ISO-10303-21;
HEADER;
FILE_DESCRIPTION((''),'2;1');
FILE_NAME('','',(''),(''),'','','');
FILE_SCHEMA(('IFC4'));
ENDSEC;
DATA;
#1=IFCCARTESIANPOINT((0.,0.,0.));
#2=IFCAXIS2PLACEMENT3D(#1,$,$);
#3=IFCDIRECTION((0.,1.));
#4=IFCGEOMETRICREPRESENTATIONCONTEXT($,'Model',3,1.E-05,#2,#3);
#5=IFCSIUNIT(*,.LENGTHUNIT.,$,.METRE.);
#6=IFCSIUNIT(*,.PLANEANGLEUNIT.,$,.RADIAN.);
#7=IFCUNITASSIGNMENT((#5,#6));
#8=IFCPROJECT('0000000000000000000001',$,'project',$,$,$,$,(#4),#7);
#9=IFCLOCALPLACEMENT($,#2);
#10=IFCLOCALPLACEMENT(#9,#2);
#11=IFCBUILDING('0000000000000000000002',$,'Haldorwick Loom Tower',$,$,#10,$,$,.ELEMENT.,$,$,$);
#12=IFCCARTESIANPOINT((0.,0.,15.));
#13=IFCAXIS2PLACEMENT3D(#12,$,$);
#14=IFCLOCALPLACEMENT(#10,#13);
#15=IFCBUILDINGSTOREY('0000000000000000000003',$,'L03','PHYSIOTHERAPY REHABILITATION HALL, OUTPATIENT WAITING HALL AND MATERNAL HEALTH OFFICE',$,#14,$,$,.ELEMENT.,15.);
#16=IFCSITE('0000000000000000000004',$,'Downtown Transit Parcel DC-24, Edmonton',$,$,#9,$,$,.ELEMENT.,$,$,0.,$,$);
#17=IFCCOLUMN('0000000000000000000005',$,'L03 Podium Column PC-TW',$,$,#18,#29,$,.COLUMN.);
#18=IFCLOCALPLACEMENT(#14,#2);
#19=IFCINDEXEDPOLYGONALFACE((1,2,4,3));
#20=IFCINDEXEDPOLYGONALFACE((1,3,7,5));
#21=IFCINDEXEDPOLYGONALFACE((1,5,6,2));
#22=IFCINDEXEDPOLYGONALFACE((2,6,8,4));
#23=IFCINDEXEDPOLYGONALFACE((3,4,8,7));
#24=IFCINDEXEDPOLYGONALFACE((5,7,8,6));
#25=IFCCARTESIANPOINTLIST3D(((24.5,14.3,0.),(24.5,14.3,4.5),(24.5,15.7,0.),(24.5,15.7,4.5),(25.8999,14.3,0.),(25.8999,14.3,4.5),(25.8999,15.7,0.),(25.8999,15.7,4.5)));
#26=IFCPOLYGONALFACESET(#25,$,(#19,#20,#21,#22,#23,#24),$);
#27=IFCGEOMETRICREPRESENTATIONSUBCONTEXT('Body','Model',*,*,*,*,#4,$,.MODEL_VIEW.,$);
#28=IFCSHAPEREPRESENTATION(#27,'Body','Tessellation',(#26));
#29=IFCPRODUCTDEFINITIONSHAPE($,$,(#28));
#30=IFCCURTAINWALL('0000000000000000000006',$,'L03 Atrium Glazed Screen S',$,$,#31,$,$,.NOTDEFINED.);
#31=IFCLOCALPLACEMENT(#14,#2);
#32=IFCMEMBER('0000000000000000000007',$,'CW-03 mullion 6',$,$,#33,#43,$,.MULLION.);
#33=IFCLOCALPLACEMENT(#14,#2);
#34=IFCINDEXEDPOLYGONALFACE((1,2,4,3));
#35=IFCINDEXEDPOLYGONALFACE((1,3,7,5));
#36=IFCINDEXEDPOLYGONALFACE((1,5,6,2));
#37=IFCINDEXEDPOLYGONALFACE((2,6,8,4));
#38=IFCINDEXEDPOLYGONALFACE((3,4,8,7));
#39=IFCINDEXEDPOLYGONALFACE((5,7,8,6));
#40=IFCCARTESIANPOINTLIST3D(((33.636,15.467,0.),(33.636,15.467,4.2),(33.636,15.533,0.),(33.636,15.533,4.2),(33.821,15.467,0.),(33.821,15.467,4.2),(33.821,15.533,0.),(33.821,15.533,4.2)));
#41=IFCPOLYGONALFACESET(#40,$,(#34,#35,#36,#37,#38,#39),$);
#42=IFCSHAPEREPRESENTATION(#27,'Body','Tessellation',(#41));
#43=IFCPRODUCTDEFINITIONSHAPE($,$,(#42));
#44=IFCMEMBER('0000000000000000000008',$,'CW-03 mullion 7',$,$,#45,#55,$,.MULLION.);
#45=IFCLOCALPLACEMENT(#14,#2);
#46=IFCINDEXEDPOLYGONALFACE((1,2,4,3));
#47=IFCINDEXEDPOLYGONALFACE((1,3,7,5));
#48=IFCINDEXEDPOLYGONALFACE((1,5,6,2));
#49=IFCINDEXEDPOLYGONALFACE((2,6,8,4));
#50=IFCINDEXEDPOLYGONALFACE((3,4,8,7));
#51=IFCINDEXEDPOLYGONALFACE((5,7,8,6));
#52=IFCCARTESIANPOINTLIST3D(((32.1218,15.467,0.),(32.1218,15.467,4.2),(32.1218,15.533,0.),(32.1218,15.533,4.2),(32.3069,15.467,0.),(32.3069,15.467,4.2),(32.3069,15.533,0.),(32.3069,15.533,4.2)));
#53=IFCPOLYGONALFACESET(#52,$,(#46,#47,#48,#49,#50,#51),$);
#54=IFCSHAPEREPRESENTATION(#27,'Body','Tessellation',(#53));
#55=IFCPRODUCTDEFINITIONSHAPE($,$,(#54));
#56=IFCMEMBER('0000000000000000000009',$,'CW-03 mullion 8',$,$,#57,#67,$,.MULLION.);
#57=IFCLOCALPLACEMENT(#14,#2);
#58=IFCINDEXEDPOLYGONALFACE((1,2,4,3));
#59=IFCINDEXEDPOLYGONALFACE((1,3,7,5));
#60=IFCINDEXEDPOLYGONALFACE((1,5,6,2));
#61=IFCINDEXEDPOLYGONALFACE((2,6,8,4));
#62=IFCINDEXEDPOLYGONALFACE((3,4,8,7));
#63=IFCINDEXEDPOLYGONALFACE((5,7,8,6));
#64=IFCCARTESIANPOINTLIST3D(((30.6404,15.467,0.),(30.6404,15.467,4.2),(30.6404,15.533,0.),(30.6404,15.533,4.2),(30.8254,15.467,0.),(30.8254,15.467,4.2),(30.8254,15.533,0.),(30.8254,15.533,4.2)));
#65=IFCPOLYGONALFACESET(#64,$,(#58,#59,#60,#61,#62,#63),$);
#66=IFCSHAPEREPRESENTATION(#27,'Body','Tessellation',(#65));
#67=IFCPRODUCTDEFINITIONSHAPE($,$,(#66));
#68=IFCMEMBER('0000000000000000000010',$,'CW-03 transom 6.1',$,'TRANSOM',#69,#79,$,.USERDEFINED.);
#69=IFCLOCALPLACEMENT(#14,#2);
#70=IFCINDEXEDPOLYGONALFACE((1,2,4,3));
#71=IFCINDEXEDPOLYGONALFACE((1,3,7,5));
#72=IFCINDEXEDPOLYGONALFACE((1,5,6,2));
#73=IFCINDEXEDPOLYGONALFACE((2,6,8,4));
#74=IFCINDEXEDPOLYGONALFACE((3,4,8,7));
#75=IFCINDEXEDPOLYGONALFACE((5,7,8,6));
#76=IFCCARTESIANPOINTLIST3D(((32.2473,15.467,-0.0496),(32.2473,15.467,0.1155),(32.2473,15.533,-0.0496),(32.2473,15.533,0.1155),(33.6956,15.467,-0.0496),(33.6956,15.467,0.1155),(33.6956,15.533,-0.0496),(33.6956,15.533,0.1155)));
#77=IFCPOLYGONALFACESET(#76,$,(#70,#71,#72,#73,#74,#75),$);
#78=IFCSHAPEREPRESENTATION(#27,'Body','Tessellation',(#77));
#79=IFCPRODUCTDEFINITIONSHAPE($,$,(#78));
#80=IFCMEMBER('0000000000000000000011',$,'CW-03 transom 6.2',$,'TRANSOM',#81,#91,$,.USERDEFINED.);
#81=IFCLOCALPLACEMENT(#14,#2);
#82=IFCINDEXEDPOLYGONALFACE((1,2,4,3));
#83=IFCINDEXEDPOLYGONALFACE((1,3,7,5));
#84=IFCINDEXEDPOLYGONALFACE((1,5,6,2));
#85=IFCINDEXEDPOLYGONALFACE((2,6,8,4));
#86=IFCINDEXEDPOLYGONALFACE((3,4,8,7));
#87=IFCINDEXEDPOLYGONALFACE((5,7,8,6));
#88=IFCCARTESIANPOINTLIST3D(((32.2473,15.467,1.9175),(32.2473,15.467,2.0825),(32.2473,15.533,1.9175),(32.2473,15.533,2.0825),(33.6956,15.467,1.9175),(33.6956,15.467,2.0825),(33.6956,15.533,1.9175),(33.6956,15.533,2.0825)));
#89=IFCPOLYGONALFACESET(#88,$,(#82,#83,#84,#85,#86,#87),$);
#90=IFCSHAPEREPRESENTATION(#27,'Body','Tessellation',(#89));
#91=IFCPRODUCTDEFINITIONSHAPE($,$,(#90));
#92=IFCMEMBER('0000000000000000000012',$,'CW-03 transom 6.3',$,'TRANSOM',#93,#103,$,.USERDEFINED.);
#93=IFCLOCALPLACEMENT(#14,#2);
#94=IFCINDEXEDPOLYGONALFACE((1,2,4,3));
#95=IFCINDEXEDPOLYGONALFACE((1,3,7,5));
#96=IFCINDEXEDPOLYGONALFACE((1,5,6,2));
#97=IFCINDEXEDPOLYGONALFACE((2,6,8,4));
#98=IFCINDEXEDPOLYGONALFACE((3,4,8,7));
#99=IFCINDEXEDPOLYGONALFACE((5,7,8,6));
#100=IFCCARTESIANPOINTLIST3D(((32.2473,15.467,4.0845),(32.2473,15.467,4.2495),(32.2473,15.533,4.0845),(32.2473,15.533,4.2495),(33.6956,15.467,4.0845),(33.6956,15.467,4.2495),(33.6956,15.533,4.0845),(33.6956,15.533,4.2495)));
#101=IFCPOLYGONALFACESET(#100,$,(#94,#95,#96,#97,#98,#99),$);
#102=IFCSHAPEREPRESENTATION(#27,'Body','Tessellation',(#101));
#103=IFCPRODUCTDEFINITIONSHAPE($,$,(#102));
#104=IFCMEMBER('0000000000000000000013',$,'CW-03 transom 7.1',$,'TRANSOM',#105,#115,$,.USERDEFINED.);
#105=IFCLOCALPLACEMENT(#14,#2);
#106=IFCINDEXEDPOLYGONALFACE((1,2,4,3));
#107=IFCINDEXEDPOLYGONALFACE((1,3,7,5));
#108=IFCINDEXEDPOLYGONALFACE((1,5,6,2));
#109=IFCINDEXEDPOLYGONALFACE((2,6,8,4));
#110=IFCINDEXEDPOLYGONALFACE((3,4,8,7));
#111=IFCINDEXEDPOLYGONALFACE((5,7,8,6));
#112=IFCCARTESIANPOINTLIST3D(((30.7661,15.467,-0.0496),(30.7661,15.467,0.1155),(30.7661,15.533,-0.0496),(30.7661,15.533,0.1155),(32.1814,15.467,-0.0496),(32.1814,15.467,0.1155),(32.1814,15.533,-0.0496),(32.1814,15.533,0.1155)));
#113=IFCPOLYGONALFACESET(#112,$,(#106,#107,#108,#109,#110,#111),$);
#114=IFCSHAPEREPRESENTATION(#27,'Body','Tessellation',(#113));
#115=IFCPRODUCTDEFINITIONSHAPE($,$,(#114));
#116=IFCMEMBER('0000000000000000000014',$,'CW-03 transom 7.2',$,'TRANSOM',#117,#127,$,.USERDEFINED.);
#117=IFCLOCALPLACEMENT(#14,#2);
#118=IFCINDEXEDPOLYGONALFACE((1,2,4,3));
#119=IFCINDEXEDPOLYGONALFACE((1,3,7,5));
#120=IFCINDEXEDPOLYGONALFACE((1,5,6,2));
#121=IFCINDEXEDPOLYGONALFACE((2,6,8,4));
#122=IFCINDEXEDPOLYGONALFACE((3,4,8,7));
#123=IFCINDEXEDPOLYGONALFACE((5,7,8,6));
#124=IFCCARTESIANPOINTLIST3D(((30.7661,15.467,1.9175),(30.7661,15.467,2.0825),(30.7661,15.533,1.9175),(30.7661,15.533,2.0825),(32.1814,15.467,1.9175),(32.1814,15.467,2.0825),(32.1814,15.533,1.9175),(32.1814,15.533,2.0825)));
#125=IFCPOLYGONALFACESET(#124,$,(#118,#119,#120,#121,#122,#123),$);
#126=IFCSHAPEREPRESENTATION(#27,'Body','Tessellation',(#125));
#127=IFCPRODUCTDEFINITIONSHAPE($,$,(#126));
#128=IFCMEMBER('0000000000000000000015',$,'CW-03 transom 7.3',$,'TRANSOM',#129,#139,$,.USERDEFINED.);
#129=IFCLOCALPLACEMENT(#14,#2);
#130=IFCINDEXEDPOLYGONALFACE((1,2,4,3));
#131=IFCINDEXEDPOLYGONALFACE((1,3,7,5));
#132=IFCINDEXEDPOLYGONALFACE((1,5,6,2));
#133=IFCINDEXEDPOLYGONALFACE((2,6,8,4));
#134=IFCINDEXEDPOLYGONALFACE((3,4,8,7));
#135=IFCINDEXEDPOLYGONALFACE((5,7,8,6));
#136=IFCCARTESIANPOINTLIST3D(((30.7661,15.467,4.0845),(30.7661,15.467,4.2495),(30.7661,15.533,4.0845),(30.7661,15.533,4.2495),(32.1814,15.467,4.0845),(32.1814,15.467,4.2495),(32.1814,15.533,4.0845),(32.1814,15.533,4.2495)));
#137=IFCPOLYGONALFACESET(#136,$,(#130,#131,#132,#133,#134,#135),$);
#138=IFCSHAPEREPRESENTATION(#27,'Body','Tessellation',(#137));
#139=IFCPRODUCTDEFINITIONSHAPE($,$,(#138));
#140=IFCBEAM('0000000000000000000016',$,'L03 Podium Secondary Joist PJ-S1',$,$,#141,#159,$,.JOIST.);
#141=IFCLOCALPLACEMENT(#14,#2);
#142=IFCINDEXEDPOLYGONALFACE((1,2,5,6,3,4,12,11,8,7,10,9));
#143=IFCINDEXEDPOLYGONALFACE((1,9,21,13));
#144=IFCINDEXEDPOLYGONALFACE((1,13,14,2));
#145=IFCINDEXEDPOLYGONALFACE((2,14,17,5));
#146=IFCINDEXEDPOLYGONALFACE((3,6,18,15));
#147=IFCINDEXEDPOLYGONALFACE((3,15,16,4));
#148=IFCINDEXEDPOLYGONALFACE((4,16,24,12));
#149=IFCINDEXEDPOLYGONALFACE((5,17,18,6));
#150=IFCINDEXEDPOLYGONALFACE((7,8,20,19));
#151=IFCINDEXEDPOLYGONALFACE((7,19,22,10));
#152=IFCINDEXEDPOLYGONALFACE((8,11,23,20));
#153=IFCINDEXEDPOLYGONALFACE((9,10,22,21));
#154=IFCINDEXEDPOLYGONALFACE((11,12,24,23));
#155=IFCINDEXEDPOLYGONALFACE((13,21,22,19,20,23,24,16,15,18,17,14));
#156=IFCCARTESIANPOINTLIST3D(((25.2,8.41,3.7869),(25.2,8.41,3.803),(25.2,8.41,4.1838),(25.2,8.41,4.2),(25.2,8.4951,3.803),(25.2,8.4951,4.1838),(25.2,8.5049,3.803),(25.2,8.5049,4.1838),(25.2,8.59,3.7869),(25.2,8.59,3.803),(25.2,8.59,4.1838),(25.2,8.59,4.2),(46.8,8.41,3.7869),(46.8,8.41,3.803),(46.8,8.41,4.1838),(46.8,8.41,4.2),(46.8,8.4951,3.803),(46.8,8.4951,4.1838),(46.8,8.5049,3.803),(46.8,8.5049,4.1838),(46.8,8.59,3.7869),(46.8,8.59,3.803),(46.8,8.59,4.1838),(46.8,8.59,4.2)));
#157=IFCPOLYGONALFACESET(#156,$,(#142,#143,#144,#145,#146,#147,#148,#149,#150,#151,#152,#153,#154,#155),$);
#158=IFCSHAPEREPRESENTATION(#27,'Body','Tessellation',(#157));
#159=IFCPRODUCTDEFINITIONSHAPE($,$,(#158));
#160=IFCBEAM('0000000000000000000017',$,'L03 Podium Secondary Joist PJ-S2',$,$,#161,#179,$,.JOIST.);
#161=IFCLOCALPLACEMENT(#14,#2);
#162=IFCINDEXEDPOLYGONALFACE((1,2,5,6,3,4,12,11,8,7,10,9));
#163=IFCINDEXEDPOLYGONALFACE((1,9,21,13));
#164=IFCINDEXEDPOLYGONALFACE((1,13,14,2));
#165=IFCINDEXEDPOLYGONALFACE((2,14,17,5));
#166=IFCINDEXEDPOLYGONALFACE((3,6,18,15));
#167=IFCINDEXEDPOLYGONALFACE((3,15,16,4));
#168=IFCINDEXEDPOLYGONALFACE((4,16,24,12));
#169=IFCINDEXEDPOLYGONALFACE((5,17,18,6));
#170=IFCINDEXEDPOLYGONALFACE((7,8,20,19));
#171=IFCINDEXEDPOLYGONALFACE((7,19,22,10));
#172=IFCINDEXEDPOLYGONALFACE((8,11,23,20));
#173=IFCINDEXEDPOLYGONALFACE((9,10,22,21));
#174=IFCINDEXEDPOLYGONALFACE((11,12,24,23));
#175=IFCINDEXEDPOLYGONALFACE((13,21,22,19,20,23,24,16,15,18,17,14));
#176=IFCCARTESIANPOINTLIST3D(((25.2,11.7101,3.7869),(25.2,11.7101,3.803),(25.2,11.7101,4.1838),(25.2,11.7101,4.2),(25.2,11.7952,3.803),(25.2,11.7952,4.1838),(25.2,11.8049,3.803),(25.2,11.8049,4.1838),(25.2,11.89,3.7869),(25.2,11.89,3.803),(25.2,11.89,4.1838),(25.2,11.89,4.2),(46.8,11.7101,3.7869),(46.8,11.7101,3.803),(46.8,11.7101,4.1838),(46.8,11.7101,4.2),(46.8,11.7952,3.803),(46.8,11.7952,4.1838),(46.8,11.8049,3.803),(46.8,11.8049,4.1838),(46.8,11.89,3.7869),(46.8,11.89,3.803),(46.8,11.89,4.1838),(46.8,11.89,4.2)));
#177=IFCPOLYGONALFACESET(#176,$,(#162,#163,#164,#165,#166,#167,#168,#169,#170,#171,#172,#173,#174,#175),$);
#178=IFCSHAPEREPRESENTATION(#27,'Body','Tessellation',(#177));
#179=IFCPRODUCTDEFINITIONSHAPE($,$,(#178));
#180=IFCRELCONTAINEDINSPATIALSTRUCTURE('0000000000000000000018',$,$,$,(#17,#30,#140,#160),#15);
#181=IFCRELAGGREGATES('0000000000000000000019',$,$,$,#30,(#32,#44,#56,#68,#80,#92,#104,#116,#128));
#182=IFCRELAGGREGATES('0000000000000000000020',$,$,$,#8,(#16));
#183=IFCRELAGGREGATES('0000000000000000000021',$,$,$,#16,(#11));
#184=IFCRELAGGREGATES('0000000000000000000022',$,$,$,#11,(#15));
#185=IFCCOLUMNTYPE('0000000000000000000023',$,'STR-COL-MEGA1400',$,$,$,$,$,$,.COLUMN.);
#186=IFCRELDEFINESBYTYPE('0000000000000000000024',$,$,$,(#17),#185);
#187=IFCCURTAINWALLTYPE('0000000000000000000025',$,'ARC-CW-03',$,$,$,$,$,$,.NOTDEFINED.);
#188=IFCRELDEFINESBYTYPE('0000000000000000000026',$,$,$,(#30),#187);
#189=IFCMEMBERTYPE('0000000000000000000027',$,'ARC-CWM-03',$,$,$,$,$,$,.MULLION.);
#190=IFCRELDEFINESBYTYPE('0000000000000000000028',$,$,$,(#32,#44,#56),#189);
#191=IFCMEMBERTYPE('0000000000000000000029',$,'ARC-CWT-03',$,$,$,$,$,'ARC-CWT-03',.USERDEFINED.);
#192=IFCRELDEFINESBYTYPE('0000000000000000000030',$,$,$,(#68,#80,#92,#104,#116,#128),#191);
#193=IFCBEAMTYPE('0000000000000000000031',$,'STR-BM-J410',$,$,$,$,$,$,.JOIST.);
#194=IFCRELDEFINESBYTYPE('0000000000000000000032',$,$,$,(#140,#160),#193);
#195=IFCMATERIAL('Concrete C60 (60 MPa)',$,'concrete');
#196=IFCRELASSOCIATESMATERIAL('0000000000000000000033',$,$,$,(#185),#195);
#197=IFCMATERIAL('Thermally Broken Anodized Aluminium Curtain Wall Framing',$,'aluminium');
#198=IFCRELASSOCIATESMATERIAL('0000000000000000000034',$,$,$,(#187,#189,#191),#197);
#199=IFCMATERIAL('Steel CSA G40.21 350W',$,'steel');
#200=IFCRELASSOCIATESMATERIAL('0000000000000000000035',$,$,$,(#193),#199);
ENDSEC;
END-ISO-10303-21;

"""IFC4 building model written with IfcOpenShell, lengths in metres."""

from ifc_helpers import new_model, si_unit, direction, frame, origin, origin_2d, place, context, subcontext, project, spatial, rectangle, i_section, extrude, material, material_profile, profile_set, type_object, element, aggregate, save


model = new_model("IFC4")

# Units and contexts
model_context = context("Model", 3, precision=1e-05, world=origin(), true_north=direction((0.0, 1.0)))
body_context = subcontext(model_context, "Body", "Model", "MODEL_VIEW")
ifc_project = project(units=[si_unit("LENGTHUNIT", "METRE"), si_unit("PLANEANGLEUNIT", "RADIAN")], contexts=[model_context])

# Site, building, storey
site_placement = place(None, origin())
site = spatial("IfcSite", under=ifc_project, at=site_placement, Name="Downtown Transit Parcel DC-24, Edmonton", CompositionType="ELEMENT", RefElevation=0.0)
building_placement = place(site_placement, origin())
building = spatial("IfcBuilding", under=site, at=building_placement, Name="Haldorwick Loom Tower", CompositionType="ELEMENT")
storey_placement = place(building_placement, frame((0.0, 0.0, 15.0)))
storey = spatial("IfcBuildingStorey", under=building, at=storey_placement, Name="L03", Description="PHYSIOTHERAPY REHABILITATION HALL, OUTPATIENT WAITING HALL AND MATERNAL HEALTH OFFICE", CompositionType="ELEMENT", Elevation=15.0)

# Column
ifc_material_1 = material(Name="Concrete C60 (60 MPa)", Category="concrete")
ifc_material_profile_1 = material_profile(ifc_material_1, rectangle(XDim=1.3999, YDim=1.3999, at=origin_2d()), Name="RC1400X1400", Category="concrete")
ifc_profile_set_1 = profile_set([ifc_material_profile_1], Name="Concrete C60 (60 MPa)")
column_type = type_object("IfcColumnType", Name="STR-COL-MEGA1400", PredefinedType="COLUMN", material=ifc_profile_set_1)
column_placement = place(storey_placement, frame((25.2, 15.0, 0.0), z_axis=(0.0, 0.0, 1.0), x_axis=(1.0, 0.0, 0.0)))
element("IfcColumn", 1, at=column_placement, inside=storey, type_object=column_type, Name="L03 Podium Column PC-TW", PredefinedType="COLUMN", context=body_context, shape_type="SweptSolid", body=[
    extrude(rectangle(XDim=1.3999, YDim=1.3999, at=origin_2d()), origin(), (0.0, 0.0, 1.0), 4.5),
])

# Curtain wall, members
ifc_material_2 = material(Name="Thermally Broken Anodized Aluminium Curtain Wall Framing", Category="aluminium")
curtain_wall_type = type_object("IfcCurtainWallType", Name="ARC-CW-03", PredefinedType="NOTDEFINED", material=ifc_material_2)
curtain_wall_placement = place(storey_placement, origin())
curtain_wall = element("IfcCurtainWall", 2, at=curtain_wall_placement, inside=storey, type_object=curtain_wall_type, Name="L03 Atrium Glazed Screen S", PredefinedType="NOTDEFINED")
ifc_material_profile_2 = material_profile(ifc_material_2, rectangle(XDim=0.0659, YDim=0.1851, at=origin_2d()), Name="ALU_MUL_66X185", Category="aluminium")
ifc_profile_set_2 = profile_set([ifc_material_profile_2], Name="Thermally Broken Anodized Aluminium Curtain Wall Framing")
member_type_1 = type_object("IfcMemberType", Name="ARC-CWM-03", PredefinedType="MULLION", material=ifc_profile_set_2)
member_1_placement = place(storey_placement, frame((33.7285, 15.5, 0.0), z_axis=(0.0, 0.0, 1.0), x_axis=(0.0, -1.0, 0.0)))
member_1 = element("IfcMember", 3, at=member_1_placement, type_object=member_type_1, Name="CW-03 mullion 6", PredefinedType="MULLION", context=body_context, shape_type="SweptSolid", body=[
    extrude(rectangle(XDim=0.0659, YDim=0.1851, at=origin_2d()), origin(), (0.0, 0.0, 1.0), 4.2),
])
member_2_placement = place(storey_placement, frame((32.2144, 15.5, 0.0), z_axis=(0.0, 0.0, 1.0), x_axis=(0.0, -1.0, 0.0)))
member_2 = element("IfcMember", 4, at=member_2_placement, type_object=member_type_1, Name="CW-03 mullion 7", PredefinedType="MULLION", context=body_context, shape_type="SweptSolid", body=[
    extrude(rectangle(XDim=0.0659, YDim=0.1851, at=origin_2d()), origin(), (0.0, 0.0, 1.0), 4.2),
])
member_3_placement = place(storey_placement, frame((30.7329, 15.5, 0.0), z_axis=(0.0, 0.0, 1.0), x_axis=(0.0, -1.0, 0.0)))
member_3 = element("IfcMember", 5, at=member_3_placement, type_object=member_type_1, Name="CW-03 mullion 8", PredefinedType="MULLION", context=body_context, shape_type="SweptSolid", body=[
    extrude(rectangle(XDim=0.0659, YDim=0.1851, at=origin_2d()), origin(), (0.0, 0.0, 1.0), 4.2),
])
ifc_material_profile_3 = material_profile(ifc_material_2, rectangle(XDim=0.0659, YDim=0.165, at=origin_2d()), Name="ALU_TRN_66X165", Category="aluminium")
ifc_profile_set_3 = profile_set([ifc_material_profile_3], Name="Thermally Broken Anodized Aluminium Curtain Wall Framing")
member_type_2 = type_object("IfcMemberType", Name="ARC-CWT-03", ElementType="ARC-CWT-03", PredefinedType="USERDEFINED", material=ifc_profile_set_3)
member_4_placement = place(storey_placement, frame((33.6956, 15.5, 0.033), z_axis=(-1.0, 0.0, 0.0), x_axis=(0.0, -1.0, 0.0)))
member_4 = element("IfcMember", 6, at=member_4_placement, type_object=member_type_2, Name="CW-03 transom 6.1", ObjectType="TRANSOM", PredefinedType="USERDEFINED", context=body_context, shape_type="SweptSolid", body=[
    extrude(rectangle(XDim=0.0659, YDim=0.165, at=origin_2d()), origin(), (0.0, 0.0, 1.0), 1.4482),
])
member_5_placement = place(storey_placement, frame((33.6956, 15.5, 2.0), z_axis=(-1.0, 0.0, 0.0), x_axis=(0.0, -1.0, 0.0)))
member_5 = element("IfcMember", 7, at=member_5_placement, type_object=member_type_2, Name="CW-03 transom 6.2", ObjectType="TRANSOM", PredefinedType="USERDEFINED", context=body_context, shape_type="SweptSolid", body=[
    extrude(rectangle(XDim=0.0659, YDim=0.165, at=origin_2d()), origin(), (0.0, 0.0, 1.0), 1.4482),
])
member_6_placement = place(storey_placement, frame((33.6956, 15.5, 4.167), z_axis=(-1.0, 0.0, 0.0), x_axis=(0.0, -1.0, 0.0)))
member_6 = element("IfcMember", 8, at=member_6_placement, type_object=member_type_2, Name="CW-03 transom 6.3", ObjectType="TRANSOM", PredefinedType="USERDEFINED", context=body_context, shape_type="SweptSolid", body=[
    extrude(rectangle(XDim=0.0659, YDim=0.165, at=origin_2d()), origin(), (0.0, 0.0, 1.0), 1.4482),
])
member_7_placement = place(storey_placement, frame((32.1814, 15.5, 0.033), z_axis=(-1.0, 0.0, 0.0), x_axis=(0.0, -1.0, 0.0)))
member_7 = element("IfcMember", 9, at=member_7_placement, type_object=member_type_2, Name="CW-03 transom 7.1", ObjectType="TRANSOM", PredefinedType="USERDEFINED", context=body_context, shape_type="SweptSolid", body=[
    extrude(rectangle(XDim=0.0659, YDim=0.165, at=origin_2d()), origin(), (0.0, 0.0, 1.0), 1.4153),
])
member_8_placement = place(storey_placement, frame((32.1814, 15.5, 2.0), z_axis=(-1.0, 0.0, 0.0), x_axis=(0.0, -1.0, 0.0)))
member_8 = element("IfcMember", 10, at=member_8_placement, type_object=member_type_2, Name="CW-03 transom 7.2", ObjectType="TRANSOM", PredefinedType="USERDEFINED", context=body_context, shape_type="SweptSolid", body=[
    extrude(rectangle(XDim=0.0659, YDim=0.165, at=origin_2d()), origin(), (0.0, 0.0, 1.0), 1.4153),
])
member_9_placement = place(storey_placement, frame((32.1814, 15.5, 4.167), z_axis=(-1.0, 0.0, 0.0), x_axis=(0.0, -1.0, 0.0)))
member_9 = element("IfcMember", 11, at=member_9_placement, type_object=member_type_2, Name="CW-03 transom 7.3", ObjectType="TRANSOM", PredefinedType="USERDEFINED", context=body_context, shape_type="SweptSolid", body=[
    extrude(rectangle(XDim=0.0659, YDim=0.165, at=origin_2d()), origin(), (0.0, 0.0, 1.0), 1.4153),
])

# Beams
ifc_material_3 = material(Name="Steel CSA G40.21 350W", Category="steel")
ifc_material_profile_4 = material_profile(ifc_material_3, i_section(OverallWidth=0.1799, OverallDepth=0.4131, WebThickness=0.0098, FlangeThickness=0.0161, at=origin_2d()), Name="W410X74", Category="steel")
ifc_profile_set_4 = profile_set([ifc_material_profile_4], Name="Steel CSA G40.21 350W")
beam_type_1 = type_object("IfcBeamType", Name="STR-BM-J410", PredefinedType="JOIST", material=ifc_profile_set_4)
for number, where, z_axis, x_axis, name in (
    (12, (25.2, 8.5, 3.9934), (1.0, 0.0, 0.0), (0.0, 1.0, 0.0), "L03 Podium Secondary Joist PJ-S1"),
    (13, (25.2, 11.8, 3.9934), (1.0, 0.0, 0.0), (0.0, 1.0, 0.0), "L03 Podium Secondary Joist PJ-S2"),
):
    element("IfcBeam", number, at=place(storey_placement, frame(where, z_axis=z_axis, x_axis=x_axis)), inside=storey, type_object=beam_type_1, Name=name, PredefinedType="JOIST", context=body_context, shape_type="SweptSolid", body=[
        extrude(i_section(OverallWidth=0.1799, OverallDepth=0.4131, WebThickness=0.0098, FlangeThickness=0.0161, at=origin_2d()), origin(), (0.0, 0.0, 1.0), 21.6001),
    ])

aggregate(curtain_wall, [member_1, member_2, member_3, member_4, member_5, member_6, member_7, member_8, member_9])

save(model, "model.ifc")
